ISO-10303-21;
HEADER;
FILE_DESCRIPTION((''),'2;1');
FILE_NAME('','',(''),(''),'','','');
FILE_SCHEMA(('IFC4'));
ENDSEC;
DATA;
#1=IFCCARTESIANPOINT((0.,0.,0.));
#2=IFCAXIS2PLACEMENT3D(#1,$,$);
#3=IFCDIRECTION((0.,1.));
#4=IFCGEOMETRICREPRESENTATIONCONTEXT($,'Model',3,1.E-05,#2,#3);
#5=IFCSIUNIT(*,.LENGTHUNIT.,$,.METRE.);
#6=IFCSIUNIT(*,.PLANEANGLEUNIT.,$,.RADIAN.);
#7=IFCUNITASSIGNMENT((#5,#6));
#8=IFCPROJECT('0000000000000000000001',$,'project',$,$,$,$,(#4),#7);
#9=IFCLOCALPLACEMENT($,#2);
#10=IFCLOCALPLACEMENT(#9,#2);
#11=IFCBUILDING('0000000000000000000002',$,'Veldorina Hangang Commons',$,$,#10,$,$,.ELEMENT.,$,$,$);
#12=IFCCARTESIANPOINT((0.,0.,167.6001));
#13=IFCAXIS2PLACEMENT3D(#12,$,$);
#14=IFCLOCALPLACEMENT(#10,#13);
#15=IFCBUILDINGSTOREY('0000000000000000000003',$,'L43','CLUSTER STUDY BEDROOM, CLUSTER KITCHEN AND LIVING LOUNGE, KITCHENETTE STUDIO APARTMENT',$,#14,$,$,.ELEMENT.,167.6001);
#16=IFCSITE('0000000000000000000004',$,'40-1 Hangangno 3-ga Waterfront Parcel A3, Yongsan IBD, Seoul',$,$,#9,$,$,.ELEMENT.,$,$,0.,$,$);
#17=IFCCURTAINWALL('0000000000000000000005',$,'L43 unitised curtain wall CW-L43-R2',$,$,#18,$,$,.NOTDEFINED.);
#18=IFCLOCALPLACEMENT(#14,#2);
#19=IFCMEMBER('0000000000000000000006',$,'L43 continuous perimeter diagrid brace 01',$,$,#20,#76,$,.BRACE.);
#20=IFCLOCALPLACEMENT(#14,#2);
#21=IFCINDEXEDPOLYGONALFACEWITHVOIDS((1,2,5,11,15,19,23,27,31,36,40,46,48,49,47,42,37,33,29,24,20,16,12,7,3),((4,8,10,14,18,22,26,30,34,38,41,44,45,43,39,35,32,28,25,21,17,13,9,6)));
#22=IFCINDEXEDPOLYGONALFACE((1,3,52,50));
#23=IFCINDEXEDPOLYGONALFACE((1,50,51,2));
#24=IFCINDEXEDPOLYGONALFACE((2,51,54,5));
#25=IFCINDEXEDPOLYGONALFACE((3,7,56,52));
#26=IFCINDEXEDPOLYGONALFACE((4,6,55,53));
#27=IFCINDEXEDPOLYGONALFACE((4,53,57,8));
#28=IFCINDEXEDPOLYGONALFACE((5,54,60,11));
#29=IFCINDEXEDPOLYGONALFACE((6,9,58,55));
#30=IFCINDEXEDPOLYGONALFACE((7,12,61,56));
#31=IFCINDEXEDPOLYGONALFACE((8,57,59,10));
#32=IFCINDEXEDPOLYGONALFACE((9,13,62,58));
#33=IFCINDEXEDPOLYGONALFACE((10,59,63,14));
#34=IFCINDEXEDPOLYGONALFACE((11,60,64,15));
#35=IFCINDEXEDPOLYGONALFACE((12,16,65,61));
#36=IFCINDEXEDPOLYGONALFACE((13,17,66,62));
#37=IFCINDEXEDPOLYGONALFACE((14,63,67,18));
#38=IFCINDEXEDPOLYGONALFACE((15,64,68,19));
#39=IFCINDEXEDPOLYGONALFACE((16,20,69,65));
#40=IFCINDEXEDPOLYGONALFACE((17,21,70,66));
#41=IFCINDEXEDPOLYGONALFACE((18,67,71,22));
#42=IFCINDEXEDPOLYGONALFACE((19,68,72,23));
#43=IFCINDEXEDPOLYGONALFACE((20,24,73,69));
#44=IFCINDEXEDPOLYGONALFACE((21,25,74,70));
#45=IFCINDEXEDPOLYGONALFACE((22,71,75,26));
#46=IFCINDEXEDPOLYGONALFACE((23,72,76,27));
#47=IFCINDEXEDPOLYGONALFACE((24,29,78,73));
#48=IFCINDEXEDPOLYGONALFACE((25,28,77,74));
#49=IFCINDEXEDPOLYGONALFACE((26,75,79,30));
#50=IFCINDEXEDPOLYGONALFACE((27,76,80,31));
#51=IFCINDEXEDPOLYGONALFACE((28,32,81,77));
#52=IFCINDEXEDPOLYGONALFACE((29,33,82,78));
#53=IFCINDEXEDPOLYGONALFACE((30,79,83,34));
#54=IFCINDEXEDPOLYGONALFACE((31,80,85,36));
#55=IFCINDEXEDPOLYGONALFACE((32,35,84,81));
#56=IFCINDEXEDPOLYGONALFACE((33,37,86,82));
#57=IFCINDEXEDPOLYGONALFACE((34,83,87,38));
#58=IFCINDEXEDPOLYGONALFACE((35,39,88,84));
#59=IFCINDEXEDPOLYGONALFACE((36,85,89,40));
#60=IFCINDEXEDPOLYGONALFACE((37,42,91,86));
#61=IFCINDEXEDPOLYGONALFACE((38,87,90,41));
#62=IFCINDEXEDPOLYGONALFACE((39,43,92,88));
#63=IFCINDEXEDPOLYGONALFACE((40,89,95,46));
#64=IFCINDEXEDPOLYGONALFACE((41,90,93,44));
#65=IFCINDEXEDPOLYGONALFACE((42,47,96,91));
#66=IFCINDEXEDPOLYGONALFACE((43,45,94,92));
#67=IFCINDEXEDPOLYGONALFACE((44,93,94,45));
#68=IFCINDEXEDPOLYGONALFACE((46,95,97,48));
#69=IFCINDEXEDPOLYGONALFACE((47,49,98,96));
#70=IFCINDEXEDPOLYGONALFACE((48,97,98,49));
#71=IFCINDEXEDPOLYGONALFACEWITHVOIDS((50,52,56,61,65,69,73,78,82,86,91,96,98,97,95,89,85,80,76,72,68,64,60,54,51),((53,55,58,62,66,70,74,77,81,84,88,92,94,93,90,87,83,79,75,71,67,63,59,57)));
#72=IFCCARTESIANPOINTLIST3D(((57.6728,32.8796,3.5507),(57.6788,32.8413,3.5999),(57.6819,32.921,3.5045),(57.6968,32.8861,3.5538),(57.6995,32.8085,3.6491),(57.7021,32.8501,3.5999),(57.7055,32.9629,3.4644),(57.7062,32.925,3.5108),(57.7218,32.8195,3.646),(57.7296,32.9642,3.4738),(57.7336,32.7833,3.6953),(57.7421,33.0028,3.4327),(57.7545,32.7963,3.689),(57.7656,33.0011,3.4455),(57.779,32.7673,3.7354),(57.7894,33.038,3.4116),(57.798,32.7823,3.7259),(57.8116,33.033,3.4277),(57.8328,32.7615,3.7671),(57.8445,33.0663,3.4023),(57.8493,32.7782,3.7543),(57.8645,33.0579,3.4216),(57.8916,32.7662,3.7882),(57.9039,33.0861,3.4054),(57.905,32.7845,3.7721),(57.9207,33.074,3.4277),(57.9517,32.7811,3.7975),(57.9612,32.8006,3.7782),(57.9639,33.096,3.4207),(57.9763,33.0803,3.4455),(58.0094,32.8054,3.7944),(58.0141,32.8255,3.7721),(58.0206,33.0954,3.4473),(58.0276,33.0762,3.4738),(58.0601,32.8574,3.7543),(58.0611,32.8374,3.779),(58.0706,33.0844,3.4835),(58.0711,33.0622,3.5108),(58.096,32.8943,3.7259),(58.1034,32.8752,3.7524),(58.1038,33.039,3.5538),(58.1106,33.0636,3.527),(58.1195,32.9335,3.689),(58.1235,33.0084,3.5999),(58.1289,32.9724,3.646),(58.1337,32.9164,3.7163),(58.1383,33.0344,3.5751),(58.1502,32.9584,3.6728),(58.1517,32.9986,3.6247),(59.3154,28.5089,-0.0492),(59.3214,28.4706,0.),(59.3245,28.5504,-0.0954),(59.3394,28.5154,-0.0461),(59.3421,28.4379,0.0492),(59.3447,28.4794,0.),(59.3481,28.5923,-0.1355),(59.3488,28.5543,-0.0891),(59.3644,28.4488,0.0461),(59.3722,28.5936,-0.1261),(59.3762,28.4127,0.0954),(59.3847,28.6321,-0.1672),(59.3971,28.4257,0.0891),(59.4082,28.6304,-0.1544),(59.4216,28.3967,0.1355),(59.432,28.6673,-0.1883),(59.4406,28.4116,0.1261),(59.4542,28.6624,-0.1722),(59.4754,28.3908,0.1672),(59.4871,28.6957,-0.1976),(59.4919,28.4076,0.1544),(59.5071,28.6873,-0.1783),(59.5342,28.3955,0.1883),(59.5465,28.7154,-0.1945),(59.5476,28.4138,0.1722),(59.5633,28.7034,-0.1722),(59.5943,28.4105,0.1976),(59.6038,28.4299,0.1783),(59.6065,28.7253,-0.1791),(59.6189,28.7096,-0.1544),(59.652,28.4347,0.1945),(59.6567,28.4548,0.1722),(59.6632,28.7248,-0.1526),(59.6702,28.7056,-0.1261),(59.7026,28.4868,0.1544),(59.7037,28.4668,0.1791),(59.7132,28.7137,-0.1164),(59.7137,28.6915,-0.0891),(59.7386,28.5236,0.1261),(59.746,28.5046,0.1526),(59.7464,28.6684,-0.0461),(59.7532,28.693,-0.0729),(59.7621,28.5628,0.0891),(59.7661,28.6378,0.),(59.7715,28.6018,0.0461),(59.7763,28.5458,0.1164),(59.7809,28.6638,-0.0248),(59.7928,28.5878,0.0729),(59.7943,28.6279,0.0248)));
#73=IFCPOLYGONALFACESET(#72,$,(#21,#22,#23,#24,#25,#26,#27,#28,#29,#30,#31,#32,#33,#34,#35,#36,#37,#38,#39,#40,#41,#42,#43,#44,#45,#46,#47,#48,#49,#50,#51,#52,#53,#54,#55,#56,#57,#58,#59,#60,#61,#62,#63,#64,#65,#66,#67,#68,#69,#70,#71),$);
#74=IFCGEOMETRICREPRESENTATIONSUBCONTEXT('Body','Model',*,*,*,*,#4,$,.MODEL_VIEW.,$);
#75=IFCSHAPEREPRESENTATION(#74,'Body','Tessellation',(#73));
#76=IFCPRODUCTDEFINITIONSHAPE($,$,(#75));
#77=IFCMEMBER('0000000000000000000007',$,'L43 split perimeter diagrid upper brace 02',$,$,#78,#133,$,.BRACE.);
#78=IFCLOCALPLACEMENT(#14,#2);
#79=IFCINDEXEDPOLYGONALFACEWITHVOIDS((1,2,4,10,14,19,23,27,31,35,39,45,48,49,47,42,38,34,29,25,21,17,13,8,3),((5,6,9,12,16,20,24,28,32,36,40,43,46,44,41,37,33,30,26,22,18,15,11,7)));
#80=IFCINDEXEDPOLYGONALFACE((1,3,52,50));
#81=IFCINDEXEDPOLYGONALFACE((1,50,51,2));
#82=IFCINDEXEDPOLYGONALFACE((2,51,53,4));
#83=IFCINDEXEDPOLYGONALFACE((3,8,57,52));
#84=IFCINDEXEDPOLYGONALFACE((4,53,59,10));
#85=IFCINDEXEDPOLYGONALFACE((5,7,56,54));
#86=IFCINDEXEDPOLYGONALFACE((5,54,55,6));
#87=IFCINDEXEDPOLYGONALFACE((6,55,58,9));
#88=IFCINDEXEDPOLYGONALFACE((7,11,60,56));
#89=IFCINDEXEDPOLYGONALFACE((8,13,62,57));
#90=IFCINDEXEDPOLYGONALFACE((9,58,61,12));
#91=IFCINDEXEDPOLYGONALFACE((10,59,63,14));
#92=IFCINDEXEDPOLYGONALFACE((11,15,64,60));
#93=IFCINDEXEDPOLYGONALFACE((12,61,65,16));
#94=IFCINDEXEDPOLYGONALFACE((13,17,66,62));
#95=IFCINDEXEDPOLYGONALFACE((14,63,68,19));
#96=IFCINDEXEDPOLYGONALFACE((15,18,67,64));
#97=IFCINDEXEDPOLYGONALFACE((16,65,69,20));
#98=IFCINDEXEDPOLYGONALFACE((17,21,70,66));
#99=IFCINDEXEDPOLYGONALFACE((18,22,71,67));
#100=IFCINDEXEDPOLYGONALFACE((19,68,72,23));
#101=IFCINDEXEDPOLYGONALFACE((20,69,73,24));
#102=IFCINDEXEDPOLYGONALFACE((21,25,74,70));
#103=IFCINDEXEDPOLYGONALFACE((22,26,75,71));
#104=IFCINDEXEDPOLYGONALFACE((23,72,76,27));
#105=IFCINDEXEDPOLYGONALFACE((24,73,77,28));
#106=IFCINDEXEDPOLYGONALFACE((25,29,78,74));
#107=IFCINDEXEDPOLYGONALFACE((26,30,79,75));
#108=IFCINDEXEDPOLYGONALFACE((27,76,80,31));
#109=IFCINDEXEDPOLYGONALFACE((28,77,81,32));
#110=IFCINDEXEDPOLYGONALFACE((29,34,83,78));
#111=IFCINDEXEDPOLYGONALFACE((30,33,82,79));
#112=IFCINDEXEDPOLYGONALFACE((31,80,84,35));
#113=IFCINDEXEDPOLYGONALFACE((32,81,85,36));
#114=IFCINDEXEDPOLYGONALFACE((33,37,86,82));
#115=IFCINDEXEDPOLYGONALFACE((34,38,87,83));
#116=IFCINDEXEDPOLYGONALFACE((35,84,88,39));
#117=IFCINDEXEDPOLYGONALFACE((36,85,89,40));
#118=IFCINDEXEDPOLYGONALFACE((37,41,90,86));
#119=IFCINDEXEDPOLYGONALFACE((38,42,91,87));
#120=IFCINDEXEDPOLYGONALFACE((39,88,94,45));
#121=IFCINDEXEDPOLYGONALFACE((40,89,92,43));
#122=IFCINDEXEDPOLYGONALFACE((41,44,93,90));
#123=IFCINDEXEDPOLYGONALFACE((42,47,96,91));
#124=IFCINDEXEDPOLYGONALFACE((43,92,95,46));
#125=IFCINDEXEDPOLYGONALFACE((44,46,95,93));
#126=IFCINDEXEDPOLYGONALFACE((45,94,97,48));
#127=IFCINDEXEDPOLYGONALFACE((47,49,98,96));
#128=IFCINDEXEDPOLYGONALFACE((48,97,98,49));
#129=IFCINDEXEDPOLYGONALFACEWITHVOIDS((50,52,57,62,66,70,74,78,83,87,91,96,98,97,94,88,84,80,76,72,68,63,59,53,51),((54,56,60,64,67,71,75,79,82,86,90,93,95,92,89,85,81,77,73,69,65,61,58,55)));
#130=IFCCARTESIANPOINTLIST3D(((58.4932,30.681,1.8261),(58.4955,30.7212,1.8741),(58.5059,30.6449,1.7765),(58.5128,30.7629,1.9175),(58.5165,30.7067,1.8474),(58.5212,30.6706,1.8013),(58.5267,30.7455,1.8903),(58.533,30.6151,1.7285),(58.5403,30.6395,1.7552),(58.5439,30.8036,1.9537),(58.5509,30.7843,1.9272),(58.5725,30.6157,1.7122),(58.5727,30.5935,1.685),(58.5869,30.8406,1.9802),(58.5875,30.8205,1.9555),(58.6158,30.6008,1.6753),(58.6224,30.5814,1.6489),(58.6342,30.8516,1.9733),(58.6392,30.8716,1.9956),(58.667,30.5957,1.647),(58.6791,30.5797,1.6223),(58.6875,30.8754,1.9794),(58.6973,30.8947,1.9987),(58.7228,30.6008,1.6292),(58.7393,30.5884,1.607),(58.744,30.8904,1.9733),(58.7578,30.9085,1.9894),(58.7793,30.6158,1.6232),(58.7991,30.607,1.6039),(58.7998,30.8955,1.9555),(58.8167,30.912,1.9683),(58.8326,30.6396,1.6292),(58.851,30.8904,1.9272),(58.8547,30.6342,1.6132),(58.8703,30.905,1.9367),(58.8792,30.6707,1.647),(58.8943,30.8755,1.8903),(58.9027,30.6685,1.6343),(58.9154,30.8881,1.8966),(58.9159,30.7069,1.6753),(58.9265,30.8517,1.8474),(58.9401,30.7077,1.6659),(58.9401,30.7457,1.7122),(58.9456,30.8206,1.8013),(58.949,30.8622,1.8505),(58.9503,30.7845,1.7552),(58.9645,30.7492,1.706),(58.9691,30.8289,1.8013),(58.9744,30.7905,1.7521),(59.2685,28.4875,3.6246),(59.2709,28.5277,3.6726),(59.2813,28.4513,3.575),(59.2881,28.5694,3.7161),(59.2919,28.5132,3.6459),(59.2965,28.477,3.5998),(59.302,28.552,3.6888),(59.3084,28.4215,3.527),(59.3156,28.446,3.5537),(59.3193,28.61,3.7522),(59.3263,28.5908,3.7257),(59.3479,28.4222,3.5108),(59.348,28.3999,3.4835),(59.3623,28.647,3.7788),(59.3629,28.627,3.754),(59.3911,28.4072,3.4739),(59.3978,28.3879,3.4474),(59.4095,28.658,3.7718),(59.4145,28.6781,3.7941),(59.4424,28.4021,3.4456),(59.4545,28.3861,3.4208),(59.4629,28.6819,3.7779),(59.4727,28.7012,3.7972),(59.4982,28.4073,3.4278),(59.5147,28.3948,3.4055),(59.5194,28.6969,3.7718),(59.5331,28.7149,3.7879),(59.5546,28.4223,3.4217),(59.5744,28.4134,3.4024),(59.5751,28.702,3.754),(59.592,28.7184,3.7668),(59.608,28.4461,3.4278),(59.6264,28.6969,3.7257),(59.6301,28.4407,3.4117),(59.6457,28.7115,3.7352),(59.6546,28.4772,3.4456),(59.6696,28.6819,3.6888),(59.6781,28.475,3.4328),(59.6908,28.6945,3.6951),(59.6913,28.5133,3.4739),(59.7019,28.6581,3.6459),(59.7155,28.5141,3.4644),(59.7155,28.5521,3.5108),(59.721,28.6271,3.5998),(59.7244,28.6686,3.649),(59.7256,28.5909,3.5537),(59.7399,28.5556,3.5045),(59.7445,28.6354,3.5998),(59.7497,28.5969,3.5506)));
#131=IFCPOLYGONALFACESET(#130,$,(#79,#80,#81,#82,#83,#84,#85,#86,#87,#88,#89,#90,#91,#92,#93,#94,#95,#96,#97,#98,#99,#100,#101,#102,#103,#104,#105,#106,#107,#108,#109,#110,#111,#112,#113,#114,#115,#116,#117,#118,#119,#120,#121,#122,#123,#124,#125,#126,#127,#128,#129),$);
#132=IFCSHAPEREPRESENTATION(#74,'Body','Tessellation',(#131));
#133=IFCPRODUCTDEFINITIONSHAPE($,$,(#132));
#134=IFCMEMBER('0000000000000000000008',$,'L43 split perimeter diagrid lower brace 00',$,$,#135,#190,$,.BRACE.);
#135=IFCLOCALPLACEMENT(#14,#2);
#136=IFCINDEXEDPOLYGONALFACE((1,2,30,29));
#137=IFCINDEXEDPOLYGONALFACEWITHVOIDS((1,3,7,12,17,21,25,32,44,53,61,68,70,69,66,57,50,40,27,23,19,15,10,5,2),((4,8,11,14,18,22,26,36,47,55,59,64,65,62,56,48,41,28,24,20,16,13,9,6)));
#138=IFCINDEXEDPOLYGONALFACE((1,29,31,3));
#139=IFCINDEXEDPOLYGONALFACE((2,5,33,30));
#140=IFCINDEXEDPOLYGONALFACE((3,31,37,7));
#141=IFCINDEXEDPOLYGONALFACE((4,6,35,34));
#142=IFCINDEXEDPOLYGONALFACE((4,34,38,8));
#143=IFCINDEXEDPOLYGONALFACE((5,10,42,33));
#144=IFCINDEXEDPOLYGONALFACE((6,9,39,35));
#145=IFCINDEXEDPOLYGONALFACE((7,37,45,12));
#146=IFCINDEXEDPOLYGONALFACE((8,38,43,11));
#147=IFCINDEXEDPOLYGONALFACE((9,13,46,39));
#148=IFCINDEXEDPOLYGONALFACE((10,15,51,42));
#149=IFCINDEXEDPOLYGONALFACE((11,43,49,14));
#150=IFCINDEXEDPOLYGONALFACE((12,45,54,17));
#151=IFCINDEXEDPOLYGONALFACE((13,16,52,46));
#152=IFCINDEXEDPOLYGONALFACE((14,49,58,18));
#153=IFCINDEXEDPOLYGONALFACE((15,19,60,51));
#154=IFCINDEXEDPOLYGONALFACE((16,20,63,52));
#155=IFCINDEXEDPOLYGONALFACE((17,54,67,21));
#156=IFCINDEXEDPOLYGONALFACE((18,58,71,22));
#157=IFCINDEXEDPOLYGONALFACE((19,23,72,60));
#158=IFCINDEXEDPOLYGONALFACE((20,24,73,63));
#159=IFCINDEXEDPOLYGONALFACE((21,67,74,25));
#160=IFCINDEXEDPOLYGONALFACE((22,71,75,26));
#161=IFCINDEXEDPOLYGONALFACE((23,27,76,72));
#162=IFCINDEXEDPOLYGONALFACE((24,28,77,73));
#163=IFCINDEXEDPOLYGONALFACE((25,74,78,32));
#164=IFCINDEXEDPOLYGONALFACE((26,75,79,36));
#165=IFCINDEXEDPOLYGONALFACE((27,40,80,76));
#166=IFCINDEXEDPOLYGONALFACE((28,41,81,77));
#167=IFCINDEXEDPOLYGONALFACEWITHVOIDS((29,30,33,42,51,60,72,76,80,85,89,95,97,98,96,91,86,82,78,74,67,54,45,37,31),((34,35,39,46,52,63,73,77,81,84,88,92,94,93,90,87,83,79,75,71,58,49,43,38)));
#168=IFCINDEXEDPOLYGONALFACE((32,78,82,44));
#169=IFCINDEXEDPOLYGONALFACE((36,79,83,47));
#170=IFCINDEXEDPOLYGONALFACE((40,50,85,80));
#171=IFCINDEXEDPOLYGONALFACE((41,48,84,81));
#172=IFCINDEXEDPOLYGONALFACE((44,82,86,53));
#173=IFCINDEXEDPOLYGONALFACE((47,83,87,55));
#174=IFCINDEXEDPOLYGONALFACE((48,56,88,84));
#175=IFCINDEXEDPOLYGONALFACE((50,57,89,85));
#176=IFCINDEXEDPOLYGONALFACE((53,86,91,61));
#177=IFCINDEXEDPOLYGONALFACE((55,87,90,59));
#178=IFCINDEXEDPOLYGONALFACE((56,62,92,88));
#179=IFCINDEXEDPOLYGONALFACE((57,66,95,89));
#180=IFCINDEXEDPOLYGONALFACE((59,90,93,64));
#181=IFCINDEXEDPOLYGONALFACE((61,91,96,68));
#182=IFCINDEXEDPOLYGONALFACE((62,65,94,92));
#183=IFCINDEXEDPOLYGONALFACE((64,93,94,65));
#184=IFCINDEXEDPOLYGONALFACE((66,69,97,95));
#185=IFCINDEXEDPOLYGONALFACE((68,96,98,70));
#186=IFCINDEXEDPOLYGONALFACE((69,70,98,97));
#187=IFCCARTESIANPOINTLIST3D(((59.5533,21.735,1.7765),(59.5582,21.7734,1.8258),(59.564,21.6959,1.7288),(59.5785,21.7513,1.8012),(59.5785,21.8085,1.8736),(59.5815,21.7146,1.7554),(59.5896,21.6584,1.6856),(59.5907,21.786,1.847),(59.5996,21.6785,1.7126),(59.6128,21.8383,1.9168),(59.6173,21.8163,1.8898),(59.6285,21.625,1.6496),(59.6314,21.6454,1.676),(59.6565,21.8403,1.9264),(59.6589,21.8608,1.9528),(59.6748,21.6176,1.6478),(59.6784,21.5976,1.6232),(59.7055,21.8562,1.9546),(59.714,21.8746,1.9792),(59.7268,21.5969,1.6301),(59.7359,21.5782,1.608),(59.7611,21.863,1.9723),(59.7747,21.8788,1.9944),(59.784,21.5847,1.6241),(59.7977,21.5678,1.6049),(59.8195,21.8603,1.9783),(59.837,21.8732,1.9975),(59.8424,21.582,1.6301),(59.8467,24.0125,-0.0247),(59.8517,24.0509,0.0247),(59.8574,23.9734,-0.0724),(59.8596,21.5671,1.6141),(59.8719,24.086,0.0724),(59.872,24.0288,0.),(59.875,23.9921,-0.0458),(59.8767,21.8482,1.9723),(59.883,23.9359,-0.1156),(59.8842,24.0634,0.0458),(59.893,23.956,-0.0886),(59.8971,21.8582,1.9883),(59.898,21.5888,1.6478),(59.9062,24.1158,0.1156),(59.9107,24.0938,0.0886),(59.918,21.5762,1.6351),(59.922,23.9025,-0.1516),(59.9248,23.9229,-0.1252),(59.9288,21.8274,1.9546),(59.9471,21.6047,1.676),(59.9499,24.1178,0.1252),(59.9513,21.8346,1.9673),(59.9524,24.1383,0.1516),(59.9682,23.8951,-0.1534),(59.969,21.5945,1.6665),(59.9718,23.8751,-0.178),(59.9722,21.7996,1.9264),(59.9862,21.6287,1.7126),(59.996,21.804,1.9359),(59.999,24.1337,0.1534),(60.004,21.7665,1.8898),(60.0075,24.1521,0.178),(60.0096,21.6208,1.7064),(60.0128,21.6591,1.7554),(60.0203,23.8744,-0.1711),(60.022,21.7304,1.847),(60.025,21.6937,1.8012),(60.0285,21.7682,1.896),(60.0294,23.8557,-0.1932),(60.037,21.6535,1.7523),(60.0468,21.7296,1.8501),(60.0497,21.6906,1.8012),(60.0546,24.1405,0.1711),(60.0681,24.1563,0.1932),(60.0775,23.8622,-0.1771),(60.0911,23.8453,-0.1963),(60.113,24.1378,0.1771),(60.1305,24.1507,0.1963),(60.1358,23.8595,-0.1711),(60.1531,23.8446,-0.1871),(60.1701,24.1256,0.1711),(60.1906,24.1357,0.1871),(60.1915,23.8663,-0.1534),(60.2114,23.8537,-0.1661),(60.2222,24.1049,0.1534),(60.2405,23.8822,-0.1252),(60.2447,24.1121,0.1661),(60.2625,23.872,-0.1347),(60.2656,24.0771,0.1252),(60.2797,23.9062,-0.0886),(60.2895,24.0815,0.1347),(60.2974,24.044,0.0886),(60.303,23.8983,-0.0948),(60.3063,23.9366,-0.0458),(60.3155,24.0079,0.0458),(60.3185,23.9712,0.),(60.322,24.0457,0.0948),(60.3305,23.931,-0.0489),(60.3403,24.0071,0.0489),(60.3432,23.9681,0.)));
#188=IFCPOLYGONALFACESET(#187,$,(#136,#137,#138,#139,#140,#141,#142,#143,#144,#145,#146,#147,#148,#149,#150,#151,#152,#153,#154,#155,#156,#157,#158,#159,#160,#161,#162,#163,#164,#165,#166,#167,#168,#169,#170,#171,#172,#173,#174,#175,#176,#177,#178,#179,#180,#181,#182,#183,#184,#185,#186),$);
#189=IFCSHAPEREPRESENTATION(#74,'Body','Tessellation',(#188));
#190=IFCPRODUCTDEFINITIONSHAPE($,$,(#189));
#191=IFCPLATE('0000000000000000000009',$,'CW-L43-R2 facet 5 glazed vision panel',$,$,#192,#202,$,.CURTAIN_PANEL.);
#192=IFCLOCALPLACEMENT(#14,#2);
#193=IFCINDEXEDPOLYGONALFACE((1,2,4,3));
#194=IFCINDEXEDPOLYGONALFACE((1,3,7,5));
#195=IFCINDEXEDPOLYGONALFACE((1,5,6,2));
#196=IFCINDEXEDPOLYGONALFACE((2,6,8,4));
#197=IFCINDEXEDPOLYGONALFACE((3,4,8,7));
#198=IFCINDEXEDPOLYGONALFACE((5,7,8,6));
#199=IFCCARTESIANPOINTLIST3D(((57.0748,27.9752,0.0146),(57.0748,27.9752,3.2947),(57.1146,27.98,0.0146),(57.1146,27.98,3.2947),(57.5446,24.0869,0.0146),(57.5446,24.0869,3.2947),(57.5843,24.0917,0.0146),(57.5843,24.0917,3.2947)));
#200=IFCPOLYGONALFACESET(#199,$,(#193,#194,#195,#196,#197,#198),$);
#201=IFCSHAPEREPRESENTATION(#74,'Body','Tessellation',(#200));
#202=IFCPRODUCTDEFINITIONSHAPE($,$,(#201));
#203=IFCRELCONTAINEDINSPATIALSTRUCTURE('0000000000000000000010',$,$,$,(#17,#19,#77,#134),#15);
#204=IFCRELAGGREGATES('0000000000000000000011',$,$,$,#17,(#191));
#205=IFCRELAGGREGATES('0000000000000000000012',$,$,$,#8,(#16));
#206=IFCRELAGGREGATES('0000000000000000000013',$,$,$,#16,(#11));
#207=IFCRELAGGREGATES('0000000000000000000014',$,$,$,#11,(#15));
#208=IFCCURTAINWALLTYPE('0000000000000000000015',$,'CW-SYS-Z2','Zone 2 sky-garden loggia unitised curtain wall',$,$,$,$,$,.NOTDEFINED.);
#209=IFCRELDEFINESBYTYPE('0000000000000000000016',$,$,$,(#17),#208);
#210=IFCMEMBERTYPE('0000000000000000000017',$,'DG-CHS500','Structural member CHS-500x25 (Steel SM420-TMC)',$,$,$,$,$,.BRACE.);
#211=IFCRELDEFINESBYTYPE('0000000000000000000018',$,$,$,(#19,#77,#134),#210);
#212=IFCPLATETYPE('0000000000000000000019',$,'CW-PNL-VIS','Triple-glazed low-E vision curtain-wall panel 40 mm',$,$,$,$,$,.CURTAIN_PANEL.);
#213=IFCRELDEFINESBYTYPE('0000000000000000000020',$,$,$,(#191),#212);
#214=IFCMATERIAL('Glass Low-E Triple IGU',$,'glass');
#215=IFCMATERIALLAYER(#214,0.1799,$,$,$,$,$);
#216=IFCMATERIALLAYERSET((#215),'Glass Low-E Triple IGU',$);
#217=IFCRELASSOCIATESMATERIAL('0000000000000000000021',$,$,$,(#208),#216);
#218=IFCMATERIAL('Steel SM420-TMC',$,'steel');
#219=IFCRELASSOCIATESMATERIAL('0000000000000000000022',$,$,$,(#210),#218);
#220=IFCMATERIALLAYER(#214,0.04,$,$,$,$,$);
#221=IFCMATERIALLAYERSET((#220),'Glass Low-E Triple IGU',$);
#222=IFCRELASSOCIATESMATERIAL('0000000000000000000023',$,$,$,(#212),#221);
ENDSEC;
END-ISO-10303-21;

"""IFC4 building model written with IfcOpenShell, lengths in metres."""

from ifc_helpers import new_model, si_unit, direction, frame, origin, origin_2d, place, context, subcontext, project, spatial, rectangle, hollow_circle, extrude, material, layer, layer_set, material_profile, profile_set, type_object, element, aggregate, save


model = new_model("IFC4")

# Units and contexts
model_context = context("Model", 3, precision=1e-05, world=origin(), true_north=direction((0.0, 1.0)))
body_context = subcontext(model_context, "Body", "Model", "MODEL_VIEW")
ifc_project = project(units=[si_unit("LENGTHUNIT", "METRE"), si_unit("PLANEANGLEUNIT", "RADIAN")], contexts=[model_context])

# Site, building, storey
site_placement = place(None, origin())
site = spatial("IfcSite", under=ifc_project, at=site_placement, Name="40-1 Hangangno 3-ga Waterfront Parcel A3, Yongsan IBD, Seoul", CompositionType="ELEMENT", RefElevation=0.0)
building_placement = place(site_placement, origin())
building = spatial("IfcBuilding", under=site, at=building_placement, Name="Veldorina Hangang Commons", CompositionType="ELEMENT")
storey_placement = place(building_placement, frame((0.0, 0.0, 167.6001)))
storey = spatial("IfcBuildingStorey", under=building, at=storey_placement, Name="L43", Description="CLUSTER STUDY BEDROOM, CLUSTER KITCHEN AND LIVING LOUNGE, KITCHENETTE STUDIO APARTMENT", CompositionType="ELEMENT", Elevation=167.6001)

# Shared definitions
ifc_material_1 = material(Name="Steel SM420-TMC", Category="steel")

# Curtain wall
ifc_material_2 = material(Name="Glass Low-E Triple IGU", Category="glass")
ifc_layer_1 = layer(ifc_material_2, 0.1799)
ifc_layer_set_1 = layer_set([ifc_layer_1], Name="Glass Low-E Triple IGU")
curtain_wall_type = type_object("IfcCurtainWallType", Name="CW-SYS-Z2", Description="Zone 2 sky-garden loggia unitised curtain wall", PredefinedType="NOTDEFINED", material=ifc_layer_set_1)
curtain_wall_placement = place(storey_placement, origin())
curtain_wall = element("IfcCurtainWall", 1, at=curtain_wall_placement, inside=storey, type_object=curtain_wall_type, Name="L43 unitised curtain wall CW-L43-R2", PredefinedType="NOTDEFINED")

# Members
ifc_material_profile_1 = material_profile(ifc_material_1, hollow_circle(Radius=0.25, WallThickness=0.0249, at=origin_2d()), Name="CHS-500x25")
ifc_profile_set_1 = profile_set([ifc_material_profile_1], Name="Steel SM420-TMC")
member_type_1 = type_object("IfcMemberType", Name="DG-CHS500", Description="Structural member CHS-500x25 (Steel SM420-TMC)", PredefinedType="BRACE", material=ifc_profile_set_1)
member_1_placement = place(storey_placement, frame((59.5554, 28.5586, 0.0), z_axis=(-0.278606, 0.741322, 0.61059), x_axis=(-0.936075, -0.3518, 0.0)))
element("IfcMember", 2, at=member_1_placement, inside=storey, type_object=member_type_1, Name="L43 continuous perimeter diagrid brace 01", PredefinedType="BRACE", context=body_context, shape_type="SweptSolid", body=[
    extrude(hollow_circle(Radius=0.25, WallThickness=0.0249, at=origin_2d()), origin(), (0.0, 0.0, 1.0), 5.8958),
])
member_2_placement = place(storey_placement, frame((58.7334, 30.7456, 1.8013), z_axis=(0.263671, -0.745932, 0.611607), x_axis=(0.942831, 0.33327, 0.0)))
element("IfcMember", 3, at=member_2_placement, inside=storey, type_object=member_type_1, Name="L43 split perimeter diagrid upper brace 02", PredefinedType="BRACE", context=body_context, shape_type="SweptSolid", body=[
    extrude(hollow_circle(Radius=0.25, WallThickness=0.0249, at=origin_2d()), origin(), (0.0, 0.0, 1.0), 2.9407),
])
member_3_placement = place(storey_placement, frame((60.0952, 24.0, 0.0), z_axis=(-0.100548, -0.780376, 0.617174), x_axis=(0.991801, -0.127789, 0.0)))
element("IfcMember", 4, at=member_3_placement, inside=storey, type_object=member_type_1, Name="L43 split perimeter diagrid lower brace 00", PredefinedType="BRACE", context=body_context, shape_type="SweptSolid", body=[
    extrude(hollow_circle(Radius=0.25, WallThickness=0.0249, at=origin_2d()), origin(), (0.0, 0.0, 1.0), 2.9185),
])

# Plate
ifc_layer_2 = layer(ifc_material_2, 0.04)
ifc_layer_set_2 = layer_set([ifc_layer_2], Name="Glass Low-E Triple IGU")
plate_type_1 = type_object("IfcPlateType", Name="CW-PNL-VIS", Description="Triple-glazed low-E vision curtain-wall panel 40 mm", PredefinedType="CURTAIN_PANEL", material=ifc_layer_set_2)
plate_1_placement = place(storey_placement, frame((57.3296, 26.0334, 0.0146), z_axis=(0.0, 0.0, 1.0), x_axis=(-0.119946, 0.99278, 0.0)))
plate_1 = element("IfcPlate", 5, at=plate_1_placement, type_object=plate_type_1, Name="CW-L43-R2 facet 5 glazed vision panel", PredefinedType="CURTAIN_PANEL", context=body_context, shape_type="SweptSolid", body=[
    extrude(rectangle(XDim=3.9165, YDim=0.04, at=origin_2d()), origin(), (0.0, 0.0, 1.0), 3.28),
])
aggregate(curtain_wall, [plate_1])

save(model, "model.ifc")
